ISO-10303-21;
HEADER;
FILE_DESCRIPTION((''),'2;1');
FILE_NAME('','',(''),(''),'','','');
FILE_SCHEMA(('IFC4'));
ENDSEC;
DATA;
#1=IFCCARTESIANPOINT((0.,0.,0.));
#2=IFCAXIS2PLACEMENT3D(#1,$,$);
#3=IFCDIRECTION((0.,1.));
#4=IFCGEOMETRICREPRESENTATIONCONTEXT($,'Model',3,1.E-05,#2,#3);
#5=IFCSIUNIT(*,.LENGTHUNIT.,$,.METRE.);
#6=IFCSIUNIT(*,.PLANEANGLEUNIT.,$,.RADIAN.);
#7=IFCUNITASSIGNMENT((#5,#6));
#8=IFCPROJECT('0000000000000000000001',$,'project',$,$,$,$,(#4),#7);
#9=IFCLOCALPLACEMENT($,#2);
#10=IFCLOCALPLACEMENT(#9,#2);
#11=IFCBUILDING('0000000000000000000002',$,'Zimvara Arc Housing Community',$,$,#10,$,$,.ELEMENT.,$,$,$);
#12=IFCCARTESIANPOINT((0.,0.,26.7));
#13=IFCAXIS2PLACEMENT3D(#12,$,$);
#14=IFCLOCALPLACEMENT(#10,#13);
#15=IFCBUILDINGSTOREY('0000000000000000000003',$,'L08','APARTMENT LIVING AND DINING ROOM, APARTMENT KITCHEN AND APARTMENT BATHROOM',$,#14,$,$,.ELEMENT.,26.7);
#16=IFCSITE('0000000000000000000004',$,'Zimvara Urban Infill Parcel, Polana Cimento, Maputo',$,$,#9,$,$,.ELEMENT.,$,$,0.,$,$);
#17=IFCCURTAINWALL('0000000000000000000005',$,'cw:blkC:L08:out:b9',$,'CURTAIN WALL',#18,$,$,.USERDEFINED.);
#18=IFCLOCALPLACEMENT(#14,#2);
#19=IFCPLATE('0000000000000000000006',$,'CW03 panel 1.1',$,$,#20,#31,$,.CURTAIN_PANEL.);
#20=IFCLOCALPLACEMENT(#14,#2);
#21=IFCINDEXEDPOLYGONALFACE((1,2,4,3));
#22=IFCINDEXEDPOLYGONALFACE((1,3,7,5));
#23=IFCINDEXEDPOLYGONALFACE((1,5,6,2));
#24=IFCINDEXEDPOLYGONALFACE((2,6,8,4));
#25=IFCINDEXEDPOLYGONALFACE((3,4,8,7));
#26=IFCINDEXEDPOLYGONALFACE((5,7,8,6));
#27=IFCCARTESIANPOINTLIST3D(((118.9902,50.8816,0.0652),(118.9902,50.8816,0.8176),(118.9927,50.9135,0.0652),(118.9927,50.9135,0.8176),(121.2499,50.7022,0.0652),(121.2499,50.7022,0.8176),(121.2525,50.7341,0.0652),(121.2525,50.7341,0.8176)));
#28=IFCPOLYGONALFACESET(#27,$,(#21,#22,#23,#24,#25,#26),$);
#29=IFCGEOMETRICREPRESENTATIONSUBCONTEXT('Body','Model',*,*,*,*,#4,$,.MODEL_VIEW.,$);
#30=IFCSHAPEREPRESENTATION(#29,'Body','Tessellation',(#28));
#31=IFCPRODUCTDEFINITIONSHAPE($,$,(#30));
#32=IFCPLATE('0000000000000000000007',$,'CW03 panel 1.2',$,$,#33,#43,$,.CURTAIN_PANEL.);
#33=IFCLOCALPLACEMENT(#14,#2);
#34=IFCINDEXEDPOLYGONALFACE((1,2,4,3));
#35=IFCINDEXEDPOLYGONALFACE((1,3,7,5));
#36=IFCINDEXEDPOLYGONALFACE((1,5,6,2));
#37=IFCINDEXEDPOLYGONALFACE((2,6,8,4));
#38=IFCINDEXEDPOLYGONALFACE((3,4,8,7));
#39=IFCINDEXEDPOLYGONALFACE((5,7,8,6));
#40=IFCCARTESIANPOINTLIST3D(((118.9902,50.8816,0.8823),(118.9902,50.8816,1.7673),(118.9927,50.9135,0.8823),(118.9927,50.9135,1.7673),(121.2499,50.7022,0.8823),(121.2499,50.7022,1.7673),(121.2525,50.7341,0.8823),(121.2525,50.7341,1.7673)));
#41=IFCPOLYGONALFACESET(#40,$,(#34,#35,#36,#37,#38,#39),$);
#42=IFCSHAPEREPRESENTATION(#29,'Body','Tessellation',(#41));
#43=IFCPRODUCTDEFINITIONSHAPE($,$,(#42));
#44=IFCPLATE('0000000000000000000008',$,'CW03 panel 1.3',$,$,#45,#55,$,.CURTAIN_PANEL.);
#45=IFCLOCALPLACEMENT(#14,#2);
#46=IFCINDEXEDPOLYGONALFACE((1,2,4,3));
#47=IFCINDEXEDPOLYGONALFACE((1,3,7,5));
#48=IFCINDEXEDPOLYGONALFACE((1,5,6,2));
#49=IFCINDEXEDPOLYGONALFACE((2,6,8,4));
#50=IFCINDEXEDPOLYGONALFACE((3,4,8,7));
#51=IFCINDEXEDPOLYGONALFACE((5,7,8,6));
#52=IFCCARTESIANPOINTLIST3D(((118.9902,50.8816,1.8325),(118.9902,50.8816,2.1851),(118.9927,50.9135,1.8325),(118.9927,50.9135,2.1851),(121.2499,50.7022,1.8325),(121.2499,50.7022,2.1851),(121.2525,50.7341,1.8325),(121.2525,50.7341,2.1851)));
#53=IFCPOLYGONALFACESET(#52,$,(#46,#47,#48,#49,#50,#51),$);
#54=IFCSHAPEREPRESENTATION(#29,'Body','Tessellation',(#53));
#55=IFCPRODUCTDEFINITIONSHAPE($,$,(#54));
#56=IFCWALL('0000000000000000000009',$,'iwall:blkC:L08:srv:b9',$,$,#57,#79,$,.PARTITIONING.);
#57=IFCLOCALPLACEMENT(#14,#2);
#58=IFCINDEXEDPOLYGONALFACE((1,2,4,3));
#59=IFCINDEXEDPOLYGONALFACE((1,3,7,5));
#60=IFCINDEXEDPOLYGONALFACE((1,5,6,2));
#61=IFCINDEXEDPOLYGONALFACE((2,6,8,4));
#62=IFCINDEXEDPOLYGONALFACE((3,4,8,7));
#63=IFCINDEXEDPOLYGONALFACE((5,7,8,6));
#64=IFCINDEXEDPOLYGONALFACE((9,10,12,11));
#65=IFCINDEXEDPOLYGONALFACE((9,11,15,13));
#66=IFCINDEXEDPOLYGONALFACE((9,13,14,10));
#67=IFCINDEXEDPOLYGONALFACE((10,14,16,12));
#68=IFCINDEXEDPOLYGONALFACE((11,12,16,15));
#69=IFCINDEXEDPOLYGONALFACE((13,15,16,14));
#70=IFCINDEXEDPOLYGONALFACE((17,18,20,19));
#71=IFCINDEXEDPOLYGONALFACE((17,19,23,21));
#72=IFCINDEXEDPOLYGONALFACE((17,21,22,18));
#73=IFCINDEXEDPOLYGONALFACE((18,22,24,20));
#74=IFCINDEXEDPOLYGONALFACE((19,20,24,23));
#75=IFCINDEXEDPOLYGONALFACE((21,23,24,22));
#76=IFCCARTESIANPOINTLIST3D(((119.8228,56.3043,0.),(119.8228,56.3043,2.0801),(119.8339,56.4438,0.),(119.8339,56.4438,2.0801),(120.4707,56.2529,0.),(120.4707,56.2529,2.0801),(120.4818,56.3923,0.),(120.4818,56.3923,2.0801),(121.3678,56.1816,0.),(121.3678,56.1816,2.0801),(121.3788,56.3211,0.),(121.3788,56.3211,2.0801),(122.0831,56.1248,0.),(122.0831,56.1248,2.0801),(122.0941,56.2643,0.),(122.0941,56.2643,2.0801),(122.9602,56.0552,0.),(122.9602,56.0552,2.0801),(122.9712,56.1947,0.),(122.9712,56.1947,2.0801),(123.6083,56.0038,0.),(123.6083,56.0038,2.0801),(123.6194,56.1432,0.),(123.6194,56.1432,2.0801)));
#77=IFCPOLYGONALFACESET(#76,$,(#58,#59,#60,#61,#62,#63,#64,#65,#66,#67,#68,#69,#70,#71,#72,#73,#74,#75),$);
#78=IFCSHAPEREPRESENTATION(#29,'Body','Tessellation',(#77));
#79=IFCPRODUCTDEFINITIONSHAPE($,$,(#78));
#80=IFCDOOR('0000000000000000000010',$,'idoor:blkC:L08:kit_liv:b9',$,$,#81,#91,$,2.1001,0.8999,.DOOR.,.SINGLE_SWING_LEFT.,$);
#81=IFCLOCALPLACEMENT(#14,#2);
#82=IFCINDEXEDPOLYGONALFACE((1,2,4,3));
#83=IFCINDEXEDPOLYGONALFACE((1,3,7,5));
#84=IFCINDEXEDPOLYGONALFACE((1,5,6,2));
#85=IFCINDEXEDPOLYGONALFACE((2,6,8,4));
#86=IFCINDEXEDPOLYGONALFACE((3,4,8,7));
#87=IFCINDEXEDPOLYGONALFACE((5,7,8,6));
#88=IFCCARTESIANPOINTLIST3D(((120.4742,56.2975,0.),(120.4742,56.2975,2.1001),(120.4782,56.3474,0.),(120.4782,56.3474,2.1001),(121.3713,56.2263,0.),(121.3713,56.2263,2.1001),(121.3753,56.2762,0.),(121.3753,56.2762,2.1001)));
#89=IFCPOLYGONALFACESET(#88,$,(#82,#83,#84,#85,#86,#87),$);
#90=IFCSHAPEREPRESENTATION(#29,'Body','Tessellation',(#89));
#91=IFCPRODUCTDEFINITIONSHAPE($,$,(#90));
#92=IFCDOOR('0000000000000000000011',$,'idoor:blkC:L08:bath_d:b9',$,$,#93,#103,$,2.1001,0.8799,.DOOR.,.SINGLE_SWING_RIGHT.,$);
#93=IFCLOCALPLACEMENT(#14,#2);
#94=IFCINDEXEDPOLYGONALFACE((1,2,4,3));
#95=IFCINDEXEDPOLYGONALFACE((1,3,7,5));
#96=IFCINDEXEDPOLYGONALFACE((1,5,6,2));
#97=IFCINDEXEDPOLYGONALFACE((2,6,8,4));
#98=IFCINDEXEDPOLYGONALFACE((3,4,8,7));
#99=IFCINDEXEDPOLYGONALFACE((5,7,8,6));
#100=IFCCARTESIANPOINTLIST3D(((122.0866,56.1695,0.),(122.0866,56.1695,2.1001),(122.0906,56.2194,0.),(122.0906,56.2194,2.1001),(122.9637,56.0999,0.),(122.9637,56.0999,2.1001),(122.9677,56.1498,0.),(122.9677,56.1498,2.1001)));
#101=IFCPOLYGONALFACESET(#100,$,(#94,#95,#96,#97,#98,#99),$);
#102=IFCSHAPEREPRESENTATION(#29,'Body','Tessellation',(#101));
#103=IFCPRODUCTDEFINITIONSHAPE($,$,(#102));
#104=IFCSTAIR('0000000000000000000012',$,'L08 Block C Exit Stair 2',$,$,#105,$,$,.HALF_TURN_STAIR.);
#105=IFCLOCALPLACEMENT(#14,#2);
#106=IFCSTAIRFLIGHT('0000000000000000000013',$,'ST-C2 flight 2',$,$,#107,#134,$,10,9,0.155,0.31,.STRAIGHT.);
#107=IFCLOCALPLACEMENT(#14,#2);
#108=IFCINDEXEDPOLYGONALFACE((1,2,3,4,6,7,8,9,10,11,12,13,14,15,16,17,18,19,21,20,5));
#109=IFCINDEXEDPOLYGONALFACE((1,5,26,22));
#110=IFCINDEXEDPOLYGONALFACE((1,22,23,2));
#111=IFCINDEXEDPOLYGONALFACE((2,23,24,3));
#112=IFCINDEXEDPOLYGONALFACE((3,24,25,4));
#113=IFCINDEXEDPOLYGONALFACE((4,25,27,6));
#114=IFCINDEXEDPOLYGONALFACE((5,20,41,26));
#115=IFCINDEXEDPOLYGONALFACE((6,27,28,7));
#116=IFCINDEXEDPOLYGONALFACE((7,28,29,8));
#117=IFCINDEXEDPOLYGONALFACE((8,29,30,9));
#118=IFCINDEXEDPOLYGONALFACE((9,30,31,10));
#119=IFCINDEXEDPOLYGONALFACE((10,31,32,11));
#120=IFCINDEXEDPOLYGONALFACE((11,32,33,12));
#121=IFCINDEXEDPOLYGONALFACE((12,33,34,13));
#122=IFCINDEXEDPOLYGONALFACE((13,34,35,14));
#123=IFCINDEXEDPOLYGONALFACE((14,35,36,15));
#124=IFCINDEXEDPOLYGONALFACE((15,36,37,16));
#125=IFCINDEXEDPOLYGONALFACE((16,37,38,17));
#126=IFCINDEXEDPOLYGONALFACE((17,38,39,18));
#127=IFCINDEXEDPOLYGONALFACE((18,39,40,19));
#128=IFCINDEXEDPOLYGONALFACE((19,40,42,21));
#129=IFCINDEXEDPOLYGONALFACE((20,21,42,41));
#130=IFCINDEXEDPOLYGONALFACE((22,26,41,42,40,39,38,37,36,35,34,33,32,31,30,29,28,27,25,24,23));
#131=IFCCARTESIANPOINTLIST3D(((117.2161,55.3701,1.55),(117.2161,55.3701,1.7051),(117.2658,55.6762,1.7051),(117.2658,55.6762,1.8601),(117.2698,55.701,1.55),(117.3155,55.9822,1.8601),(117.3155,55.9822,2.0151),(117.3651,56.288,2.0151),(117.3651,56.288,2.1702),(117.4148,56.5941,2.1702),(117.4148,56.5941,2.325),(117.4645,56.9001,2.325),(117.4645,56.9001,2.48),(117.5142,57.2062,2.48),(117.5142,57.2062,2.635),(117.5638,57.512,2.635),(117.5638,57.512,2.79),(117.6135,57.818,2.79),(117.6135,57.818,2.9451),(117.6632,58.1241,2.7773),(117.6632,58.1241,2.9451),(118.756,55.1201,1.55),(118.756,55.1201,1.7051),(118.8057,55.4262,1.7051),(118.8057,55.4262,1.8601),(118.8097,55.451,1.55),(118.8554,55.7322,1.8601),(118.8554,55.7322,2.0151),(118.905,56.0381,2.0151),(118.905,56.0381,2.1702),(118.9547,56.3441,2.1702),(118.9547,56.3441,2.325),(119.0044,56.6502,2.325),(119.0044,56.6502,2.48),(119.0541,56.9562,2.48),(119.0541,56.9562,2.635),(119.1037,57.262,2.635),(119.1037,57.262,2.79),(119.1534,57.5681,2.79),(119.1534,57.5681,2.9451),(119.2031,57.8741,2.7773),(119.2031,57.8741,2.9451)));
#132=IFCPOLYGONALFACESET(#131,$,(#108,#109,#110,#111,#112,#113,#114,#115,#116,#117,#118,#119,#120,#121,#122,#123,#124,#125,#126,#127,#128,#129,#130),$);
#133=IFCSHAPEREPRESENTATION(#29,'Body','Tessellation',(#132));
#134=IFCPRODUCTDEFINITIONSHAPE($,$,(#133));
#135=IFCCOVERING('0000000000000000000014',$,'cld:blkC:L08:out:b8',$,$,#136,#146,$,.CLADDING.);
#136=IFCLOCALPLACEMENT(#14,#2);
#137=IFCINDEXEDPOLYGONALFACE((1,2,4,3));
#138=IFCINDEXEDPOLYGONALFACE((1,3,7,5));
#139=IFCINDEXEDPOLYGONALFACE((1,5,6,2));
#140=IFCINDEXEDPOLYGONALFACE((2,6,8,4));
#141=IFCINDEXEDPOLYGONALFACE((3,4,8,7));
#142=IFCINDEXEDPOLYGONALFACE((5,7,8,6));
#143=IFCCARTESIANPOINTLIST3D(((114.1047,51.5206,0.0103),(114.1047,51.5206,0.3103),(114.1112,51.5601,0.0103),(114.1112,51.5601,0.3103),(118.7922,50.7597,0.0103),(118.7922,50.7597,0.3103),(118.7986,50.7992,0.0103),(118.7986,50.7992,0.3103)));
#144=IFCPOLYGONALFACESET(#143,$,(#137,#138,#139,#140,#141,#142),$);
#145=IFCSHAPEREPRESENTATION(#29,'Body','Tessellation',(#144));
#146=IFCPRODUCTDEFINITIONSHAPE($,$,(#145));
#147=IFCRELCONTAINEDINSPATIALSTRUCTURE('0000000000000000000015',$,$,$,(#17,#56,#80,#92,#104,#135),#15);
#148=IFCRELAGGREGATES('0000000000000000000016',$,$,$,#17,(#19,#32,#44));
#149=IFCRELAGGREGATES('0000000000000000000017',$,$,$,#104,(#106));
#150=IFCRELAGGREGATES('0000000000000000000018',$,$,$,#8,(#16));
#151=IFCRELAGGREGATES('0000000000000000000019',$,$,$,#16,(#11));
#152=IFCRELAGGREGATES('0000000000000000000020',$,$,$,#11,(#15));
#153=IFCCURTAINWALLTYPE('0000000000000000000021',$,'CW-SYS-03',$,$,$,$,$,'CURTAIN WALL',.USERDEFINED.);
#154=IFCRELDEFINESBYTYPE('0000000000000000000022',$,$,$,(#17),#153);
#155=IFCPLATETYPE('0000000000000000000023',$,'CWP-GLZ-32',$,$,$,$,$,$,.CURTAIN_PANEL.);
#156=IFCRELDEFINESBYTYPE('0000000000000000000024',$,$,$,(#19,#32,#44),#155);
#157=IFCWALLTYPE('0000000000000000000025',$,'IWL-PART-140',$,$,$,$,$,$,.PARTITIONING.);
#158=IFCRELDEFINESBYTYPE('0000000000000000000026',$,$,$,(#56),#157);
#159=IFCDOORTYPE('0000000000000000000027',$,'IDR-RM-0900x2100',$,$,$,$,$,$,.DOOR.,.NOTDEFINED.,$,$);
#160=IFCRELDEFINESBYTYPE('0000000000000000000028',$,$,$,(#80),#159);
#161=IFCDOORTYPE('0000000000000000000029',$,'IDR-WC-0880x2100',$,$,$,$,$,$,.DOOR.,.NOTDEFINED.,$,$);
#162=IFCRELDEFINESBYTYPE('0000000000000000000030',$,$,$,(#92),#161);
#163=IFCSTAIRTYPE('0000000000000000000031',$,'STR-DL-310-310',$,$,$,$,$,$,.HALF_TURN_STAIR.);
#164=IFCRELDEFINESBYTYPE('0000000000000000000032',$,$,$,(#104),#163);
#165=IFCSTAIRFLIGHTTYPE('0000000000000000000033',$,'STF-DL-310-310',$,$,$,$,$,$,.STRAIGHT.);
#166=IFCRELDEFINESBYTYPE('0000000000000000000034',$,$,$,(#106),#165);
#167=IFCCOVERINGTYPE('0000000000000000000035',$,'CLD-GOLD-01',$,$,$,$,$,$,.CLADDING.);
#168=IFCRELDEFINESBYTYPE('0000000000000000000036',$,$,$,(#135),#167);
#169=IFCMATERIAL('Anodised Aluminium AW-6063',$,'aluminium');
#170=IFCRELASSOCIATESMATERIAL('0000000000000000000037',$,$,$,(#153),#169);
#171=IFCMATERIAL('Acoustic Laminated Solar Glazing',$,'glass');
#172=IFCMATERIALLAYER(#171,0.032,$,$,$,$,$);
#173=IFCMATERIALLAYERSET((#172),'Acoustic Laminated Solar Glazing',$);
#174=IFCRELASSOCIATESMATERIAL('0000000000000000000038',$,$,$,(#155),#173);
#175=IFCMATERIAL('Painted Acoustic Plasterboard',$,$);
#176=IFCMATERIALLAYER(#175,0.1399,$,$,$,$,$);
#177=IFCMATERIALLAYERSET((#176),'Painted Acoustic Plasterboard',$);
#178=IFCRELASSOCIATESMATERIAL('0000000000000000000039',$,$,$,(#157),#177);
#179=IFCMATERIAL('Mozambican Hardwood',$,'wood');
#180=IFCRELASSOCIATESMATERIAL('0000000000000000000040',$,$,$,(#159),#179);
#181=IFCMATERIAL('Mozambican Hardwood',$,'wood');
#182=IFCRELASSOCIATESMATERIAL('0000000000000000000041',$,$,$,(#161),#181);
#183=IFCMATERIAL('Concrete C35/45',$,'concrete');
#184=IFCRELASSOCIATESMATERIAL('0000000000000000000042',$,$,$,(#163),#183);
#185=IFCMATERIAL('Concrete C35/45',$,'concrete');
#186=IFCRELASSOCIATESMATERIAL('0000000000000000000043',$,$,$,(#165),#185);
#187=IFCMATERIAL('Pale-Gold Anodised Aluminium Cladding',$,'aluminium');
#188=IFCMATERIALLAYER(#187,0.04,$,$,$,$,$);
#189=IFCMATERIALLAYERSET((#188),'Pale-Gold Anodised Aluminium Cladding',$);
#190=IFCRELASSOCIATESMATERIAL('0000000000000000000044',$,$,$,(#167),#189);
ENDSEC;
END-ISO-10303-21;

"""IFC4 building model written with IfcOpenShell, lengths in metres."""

from ifc_helpers import new_model, si_unit, direction, frame, frame_2d, origin, origin_2d, place, context, subcontext, project, spatial, polyline, rectangle, outline, extrude, material, layer, layer_set, type_object, element, fill, aggregate, save


model = new_model("IFC4")

# Units and contexts
model_context = context("Model", 3, precision=1e-05, world=origin(), true_north=direction((0.0, 1.0)))
body_context = subcontext(model_context, "Body", "Model", "MODEL_VIEW")
ifc_project = project(units=[si_unit("LENGTHUNIT", "METRE"), si_unit("PLANEANGLEUNIT", "RADIAN")], contexts=[model_context])

# Site, building, storey
site_placement = place(None, origin())
site = spatial("IfcSite", under=ifc_project, at=site_placement, Name="Zimvara Urban Infill Parcel, Polana Cimento, Maputo", CompositionType="ELEMENT", RefElevation=0.0)
building_placement = place(site_placement, origin())
building = spatial("IfcBuilding", under=site, at=building_placement, Name="Zimvara Arc Housing Community", CompositionType="ELEMENT")
storey_placement = place(building_placement, frame((0.0, 0.0, 26.7)))
storey = spatial("IfcBuildingStorey", under=building, at=storey_placement, Name="L08", Description="APARTMENT LIVING AND DINING ROOM, APARTMENT KITCHEN AND APARTMENT BATHROOM", CompositionType="ELEMENT", Elevation=26.7)

# Curtain wall, plates
ifc_material_1 = material(Name="Anodised Aluminium AW-6063", Category="aluminium")
curtain_wall_type = type_object("IfcCurtainWallType", Name="CW-SYS-03", ElementType="CURTAIN WALL", PredefinedType="USERDEFINED", material=ifc_material_1)
curtain_wall_placement = place(storey_placement, origin())
curtain_wall = element("IfcCurtainWall", 1, at=curtain_wall_placement, inside=storey, type_object=curtain_wall_type, Name="cw:blkC:L08:out:b9", ObjectType="CURTAIN WALL", PredefinedType="USERDEFINED")
ifc_material_2 = material(Name="Acoustic Laminated Solar Glazing", Category="glass")
ifc_layer_1 = layer(ifc_material_2, 0.032)
ifc_layer_set_1 = layer_set([ifc_layer_1], Name="Acoustic Laminated Solar Glazing")
plate_type = type_object("IfcPlateType", Name="CWP-GLZ-32", PredefinedType="CURTAIN_PANEL", material=ifc_layer_set_1)
plate_1_placement = place(storey_placement, frame((120.1213, 50.8079, 0.0652), z_axis=(0.0, 0.0, 1.0), x_axis=(0.996862, -0.079154, 0.0)))
plate_1 = element("IfcPlate", 2, at=plate_1_placement, type_object=plate_type, Name="CW03 panel 1.1", PredefinedType="CURTAIN_PANEL", context=body_context, shape_type="SweptSolid", body=[
    extrude(rectangle(XDim=2.2668, YDim=0.032, at=origin_2d()), origin(), (0.0, 0.0, 1.0), 0.7524),
])
plate_2_placement = place(storey_placement, frame((120.1213, 50.8079, 0.8823), z_axis=(0.0, 0.0, 1.0), x_axis=(0.996862, -0.079154, 0.0)))
plate_2 = element("IfcPlate", 3, at=plate_2_placement, type_object=plate_type, Name="CW03 panel 1.2", PredefinedType="CURTAIN_PANEL", context=body_context, shape_type="SweptSolid", body=[
    extrude(rectangle(XDim=2.2668, YDim=0.032, at=origin_2d()), origin(), (0.0, 0.0, 1.0), 0.885),
])
plate_3_placement = place(storey_placement, frame((120.1213, 50.8079, 1.8325), z_axis=(0.0, 0.0, 1.0), x_axis=(0.996862, -0.079154, 0.0)))
plate_3 = element("IfcPlate", 4, at=plate_3_placement, type_object=plate_type, Name="CW03 panel 1.3", PredefinedType="CURTAIN_PANEL", context=body_context, shape_type="SweptSolid", body=[
    extrude(rectangle(XDim=2.2668, YDim=0.032, at=origin_2d()), origin(), (0.0, 0.0, 1.0), 0.3525),
])
aggregate(curtain_wall, [plate_1, plate_2, plate_3])

# Wall, openings, doors
ifc_material_3 = material(Name="Painted Acoustic Plasterboard")
ifc_layer_2 = layer(ifc_material_3, 0.1399)
ifc_layer_set_2 = layer_set([ifc_layer_2], Name="Painted Acoustic Plasterboard")
wall_type = type_object("IfcWallType", Name="IWL-PART-140", PredefinedType="PARTITIONING", material=ifc_layer_set_2)
wall_placement = place(storey_placement, frame((119.8284, 56.374, 0.0), z_axis=(0.0, 0.0, 1.0), x_axis=(0.996863, -0.079145, 0.0)))
wall = element("IfcWall", 5, at=wall_placement, inside=storey, type_object=wall_type, Name="iwall:blkC:L08:srv:b9", PredefinedType="PARTITIONING", context=body_context, shape_type="SweptSolid", body=[
    extrude(rectangle(XDim=3.7974, YDim=0.1399, at=frame_2d((1.8987, 0.0))), origin(), (0.0, 0.0, 1.0), 2.0801),
])
opening_1_placement = place(wall_placement, frame((0.6499, 0.0, 0.0)))
opening_1 = element("IfcOpeningElement", 6, at=opening_1_placement, cuts=wall, PredefinedType="OPENING", context=body_context, shape_type="SweptSolid", body=[
    extrude(rectangle(XDim=0.8999, YDim=2.1001, at=frame_2d((0.45, 1.05))), frame((0.0, 0.0798, 0.0), z_axis=(0.0, -1.0, 0.0), x_axis=(1.0, 0.0, 0.0)), (0.0, 0.0, 1.0), 0.1599),
])
opening_2_placement = place(wall_placement, frame((2.2673, 0.0, 0.0)))
opening_2 = element("IfcOpeningElement", 7, at=opening_2_placement, cuts=wall, PredefinedType="OPENING", context=body_context, shape_type="SweptSolid", body=[
    extrude(rectangle(XDim=0.8799, YDim=2.1001, at=frame_2d((0.4399, 1.05))), frame((0.0, 0.0798, 0.0), z_axis=(0.0, -1.0, 0.0), x_axis=(1.0, 0.0, 0.0)), (0.0, 0.0, 1.0), 0.1599),
])
ifc_material_4 = material(Name="Mozambican Hardwood", Category="wood")
door_type_1 = type_object("IfcDoorType", Name="IDR-RM-0900x2100", OperationType="NOTDEFINED", PredefinedType="DOOR", material=ifc_material_4)
door_1_placement = place(opening_1_placement, origin())
door_1 = element("IfcDoor", 8, at=door_1_placement, inside=storey, type_object=door_type_1, Name="idoor:blkC:L08:kit_liv:b9", OperationType="SINGLE_SWING_LEFT", OverallHeight=2.1001, OverallWidth=0.8999, PredefinedType="DOOR", context=body_context, shape_type="SweptSolid", body=[
    extrude(rectangle(XDim=0.8999, YDim=2.1001, at=frame_2d((0.45, 1.05))), frame((0.0, 0.0249, 0.0), z_axis=(0.0, -1.0, 0.0), x_axis=(1.0, 0.0, 0.0)), (0.0, 0.0, 1.0), 0.05),
])
fill(opening_1, door_1)
ifc_material_5 = material(Name="Mozambican Hardwood", Category="wood")
door_type_2 = type_object("IfcDoorType", Name="IDR-WC-0880x2100", OperationType="NOTDEFINED", PredefinedType="DOOR", material=ifc_material_5)
door_2_placement = place(opening_2_placement, origin())
door_2 = element("IfcDoor", 9, at=door_2_placement, inside=storey, type_object=door_type_2, Name="idoor:blkC:L08:bath_d:b9", OperationType="SINGLE_SWING_RIGHT", OverallHeight=2.1001, OverallWidth=0.8799, PredefinedType="DOOR", context=body_context, shape_type="SweptSolid", body=[
    extrude(rectangle(XDim=0.8799, YDim=2.1001, at=frame_2d((0.4399, 1.05))), frame((0.0, 0.0249, 0.0), z_axis=(0.0, -1.0, 0.0), x_axis=(1.0, 0.0, 0.0)), (0.0, 0.0, 1.0), 0.05),
])
fill(opening_2, door_2)

# Stair, stair flight
ifc_material_6 = material(Name="Concrete C35/45", Category="concrete")
stair_type = type_object("IfcStairType", Name="STR-DL-310-310", PredefinedType="HALF_TURN_STAIR", material=ifc_material_6)
stair_placement = place(storey_placement, origin())
stair = element("IfcStair", 10, at=stair_placement, inside=storey, type_object=stair_type, Name="L08 Block C Exit Stair 2", PredefinedType="HALF_TURN_STAIR")
ifc_material_7 = material(Name="Concrete C35/45", Category="concrete")
stair_flight_type = type_object("IfcStairFlightType", Name="STF-DL-310-310", PredefinedType="STRAIGHT", material=ifc_material_7)
stair_flight_placement = place(storey_placement, frame((117.9861, 55.2451, 1.55), z_axis=(0.0, 0.0, 1.0), x_axis=(0.160226, 0.98708, 0.0)))
stair_flight = element("IfcStairFlight", 11, at=stair_flight_placement, type_object=stair_flight_type, Name="ST-C2 flight 2", NumberOfRisers=10, NumberOfTreads=9, PredefinedType="STRAIGHT", RiserHeight=0.155, TreadLength=0.31, context=body_context, shape_type="SweptSolid", body=[
    extrude(outline(polyline([(0.0, 0.0), (0.0, 0.155), (0.3101, 0.155), (0.3101, 0.3101), (0.6201, 0.3101), (0.6201, 0.4651), (0.9299, 0.4651), (0.9299, 0.6201), (1.24, 0.6201), (1.24, 0.7749), (1.55, 0.7749), (1.55, 0.9299), (1.8601, 0.9299), (1.8601, 1.085), (2.1699, 1.085), (2.1699, 1.24), (2.48, 1.24), (2.48, 1.395), (2.79, 1.395), (2.79, 1.55), (2.79, 1.2273), (0.3352, 0.0), (0.0, 0.0)])), frame((0.0, 0.78, 0.0), z_axis=(0.0, -1.0, 0.0), x_axis=(1.0, 0.0, 0.0)), (0.0, 0.0, 1.0), 1.5601),
])
aggregate(stair, [stair_flight])

# Covering
ifc_material_8 = material(Name="Pale-Gold Anodised Aluminium Cladding", Category="aluminium")
ifc_layer_3 = layer(ifc_material_8, 0.04)
ifc_layer_set_3 = layer_set([ifc_layer_3], Name="Pale-Gold Anodised Aluminium Cladding")
covering_type = type_object("IfcCoveringType", Name="CLD-GOLD-01", PredefinedType="CLADDING", material=ifc_layer_set_3)
covering_placement = place(storey_placement, frame((116.4517, 51.1599, 0.0103), z_axis=(0.0, 0.0, 1.0), x_axis=(0.98708, -0.160226, 0.0)))
element("IfcCovering", 12, at=covering_placement, inside=storey, type_object=covering_type, Name="cld:blkC:L08:out:b8", PredefinedType="CLADDING", context=body_context, shape_type="SweptSolid", body=[
    extrude(rectangle(XDim=4.7488, YDim=0.04, at=origin_2d()), origin(), (0.0, 0.0, 1.0), 0.3),
])

save(model, "model.ifc")
